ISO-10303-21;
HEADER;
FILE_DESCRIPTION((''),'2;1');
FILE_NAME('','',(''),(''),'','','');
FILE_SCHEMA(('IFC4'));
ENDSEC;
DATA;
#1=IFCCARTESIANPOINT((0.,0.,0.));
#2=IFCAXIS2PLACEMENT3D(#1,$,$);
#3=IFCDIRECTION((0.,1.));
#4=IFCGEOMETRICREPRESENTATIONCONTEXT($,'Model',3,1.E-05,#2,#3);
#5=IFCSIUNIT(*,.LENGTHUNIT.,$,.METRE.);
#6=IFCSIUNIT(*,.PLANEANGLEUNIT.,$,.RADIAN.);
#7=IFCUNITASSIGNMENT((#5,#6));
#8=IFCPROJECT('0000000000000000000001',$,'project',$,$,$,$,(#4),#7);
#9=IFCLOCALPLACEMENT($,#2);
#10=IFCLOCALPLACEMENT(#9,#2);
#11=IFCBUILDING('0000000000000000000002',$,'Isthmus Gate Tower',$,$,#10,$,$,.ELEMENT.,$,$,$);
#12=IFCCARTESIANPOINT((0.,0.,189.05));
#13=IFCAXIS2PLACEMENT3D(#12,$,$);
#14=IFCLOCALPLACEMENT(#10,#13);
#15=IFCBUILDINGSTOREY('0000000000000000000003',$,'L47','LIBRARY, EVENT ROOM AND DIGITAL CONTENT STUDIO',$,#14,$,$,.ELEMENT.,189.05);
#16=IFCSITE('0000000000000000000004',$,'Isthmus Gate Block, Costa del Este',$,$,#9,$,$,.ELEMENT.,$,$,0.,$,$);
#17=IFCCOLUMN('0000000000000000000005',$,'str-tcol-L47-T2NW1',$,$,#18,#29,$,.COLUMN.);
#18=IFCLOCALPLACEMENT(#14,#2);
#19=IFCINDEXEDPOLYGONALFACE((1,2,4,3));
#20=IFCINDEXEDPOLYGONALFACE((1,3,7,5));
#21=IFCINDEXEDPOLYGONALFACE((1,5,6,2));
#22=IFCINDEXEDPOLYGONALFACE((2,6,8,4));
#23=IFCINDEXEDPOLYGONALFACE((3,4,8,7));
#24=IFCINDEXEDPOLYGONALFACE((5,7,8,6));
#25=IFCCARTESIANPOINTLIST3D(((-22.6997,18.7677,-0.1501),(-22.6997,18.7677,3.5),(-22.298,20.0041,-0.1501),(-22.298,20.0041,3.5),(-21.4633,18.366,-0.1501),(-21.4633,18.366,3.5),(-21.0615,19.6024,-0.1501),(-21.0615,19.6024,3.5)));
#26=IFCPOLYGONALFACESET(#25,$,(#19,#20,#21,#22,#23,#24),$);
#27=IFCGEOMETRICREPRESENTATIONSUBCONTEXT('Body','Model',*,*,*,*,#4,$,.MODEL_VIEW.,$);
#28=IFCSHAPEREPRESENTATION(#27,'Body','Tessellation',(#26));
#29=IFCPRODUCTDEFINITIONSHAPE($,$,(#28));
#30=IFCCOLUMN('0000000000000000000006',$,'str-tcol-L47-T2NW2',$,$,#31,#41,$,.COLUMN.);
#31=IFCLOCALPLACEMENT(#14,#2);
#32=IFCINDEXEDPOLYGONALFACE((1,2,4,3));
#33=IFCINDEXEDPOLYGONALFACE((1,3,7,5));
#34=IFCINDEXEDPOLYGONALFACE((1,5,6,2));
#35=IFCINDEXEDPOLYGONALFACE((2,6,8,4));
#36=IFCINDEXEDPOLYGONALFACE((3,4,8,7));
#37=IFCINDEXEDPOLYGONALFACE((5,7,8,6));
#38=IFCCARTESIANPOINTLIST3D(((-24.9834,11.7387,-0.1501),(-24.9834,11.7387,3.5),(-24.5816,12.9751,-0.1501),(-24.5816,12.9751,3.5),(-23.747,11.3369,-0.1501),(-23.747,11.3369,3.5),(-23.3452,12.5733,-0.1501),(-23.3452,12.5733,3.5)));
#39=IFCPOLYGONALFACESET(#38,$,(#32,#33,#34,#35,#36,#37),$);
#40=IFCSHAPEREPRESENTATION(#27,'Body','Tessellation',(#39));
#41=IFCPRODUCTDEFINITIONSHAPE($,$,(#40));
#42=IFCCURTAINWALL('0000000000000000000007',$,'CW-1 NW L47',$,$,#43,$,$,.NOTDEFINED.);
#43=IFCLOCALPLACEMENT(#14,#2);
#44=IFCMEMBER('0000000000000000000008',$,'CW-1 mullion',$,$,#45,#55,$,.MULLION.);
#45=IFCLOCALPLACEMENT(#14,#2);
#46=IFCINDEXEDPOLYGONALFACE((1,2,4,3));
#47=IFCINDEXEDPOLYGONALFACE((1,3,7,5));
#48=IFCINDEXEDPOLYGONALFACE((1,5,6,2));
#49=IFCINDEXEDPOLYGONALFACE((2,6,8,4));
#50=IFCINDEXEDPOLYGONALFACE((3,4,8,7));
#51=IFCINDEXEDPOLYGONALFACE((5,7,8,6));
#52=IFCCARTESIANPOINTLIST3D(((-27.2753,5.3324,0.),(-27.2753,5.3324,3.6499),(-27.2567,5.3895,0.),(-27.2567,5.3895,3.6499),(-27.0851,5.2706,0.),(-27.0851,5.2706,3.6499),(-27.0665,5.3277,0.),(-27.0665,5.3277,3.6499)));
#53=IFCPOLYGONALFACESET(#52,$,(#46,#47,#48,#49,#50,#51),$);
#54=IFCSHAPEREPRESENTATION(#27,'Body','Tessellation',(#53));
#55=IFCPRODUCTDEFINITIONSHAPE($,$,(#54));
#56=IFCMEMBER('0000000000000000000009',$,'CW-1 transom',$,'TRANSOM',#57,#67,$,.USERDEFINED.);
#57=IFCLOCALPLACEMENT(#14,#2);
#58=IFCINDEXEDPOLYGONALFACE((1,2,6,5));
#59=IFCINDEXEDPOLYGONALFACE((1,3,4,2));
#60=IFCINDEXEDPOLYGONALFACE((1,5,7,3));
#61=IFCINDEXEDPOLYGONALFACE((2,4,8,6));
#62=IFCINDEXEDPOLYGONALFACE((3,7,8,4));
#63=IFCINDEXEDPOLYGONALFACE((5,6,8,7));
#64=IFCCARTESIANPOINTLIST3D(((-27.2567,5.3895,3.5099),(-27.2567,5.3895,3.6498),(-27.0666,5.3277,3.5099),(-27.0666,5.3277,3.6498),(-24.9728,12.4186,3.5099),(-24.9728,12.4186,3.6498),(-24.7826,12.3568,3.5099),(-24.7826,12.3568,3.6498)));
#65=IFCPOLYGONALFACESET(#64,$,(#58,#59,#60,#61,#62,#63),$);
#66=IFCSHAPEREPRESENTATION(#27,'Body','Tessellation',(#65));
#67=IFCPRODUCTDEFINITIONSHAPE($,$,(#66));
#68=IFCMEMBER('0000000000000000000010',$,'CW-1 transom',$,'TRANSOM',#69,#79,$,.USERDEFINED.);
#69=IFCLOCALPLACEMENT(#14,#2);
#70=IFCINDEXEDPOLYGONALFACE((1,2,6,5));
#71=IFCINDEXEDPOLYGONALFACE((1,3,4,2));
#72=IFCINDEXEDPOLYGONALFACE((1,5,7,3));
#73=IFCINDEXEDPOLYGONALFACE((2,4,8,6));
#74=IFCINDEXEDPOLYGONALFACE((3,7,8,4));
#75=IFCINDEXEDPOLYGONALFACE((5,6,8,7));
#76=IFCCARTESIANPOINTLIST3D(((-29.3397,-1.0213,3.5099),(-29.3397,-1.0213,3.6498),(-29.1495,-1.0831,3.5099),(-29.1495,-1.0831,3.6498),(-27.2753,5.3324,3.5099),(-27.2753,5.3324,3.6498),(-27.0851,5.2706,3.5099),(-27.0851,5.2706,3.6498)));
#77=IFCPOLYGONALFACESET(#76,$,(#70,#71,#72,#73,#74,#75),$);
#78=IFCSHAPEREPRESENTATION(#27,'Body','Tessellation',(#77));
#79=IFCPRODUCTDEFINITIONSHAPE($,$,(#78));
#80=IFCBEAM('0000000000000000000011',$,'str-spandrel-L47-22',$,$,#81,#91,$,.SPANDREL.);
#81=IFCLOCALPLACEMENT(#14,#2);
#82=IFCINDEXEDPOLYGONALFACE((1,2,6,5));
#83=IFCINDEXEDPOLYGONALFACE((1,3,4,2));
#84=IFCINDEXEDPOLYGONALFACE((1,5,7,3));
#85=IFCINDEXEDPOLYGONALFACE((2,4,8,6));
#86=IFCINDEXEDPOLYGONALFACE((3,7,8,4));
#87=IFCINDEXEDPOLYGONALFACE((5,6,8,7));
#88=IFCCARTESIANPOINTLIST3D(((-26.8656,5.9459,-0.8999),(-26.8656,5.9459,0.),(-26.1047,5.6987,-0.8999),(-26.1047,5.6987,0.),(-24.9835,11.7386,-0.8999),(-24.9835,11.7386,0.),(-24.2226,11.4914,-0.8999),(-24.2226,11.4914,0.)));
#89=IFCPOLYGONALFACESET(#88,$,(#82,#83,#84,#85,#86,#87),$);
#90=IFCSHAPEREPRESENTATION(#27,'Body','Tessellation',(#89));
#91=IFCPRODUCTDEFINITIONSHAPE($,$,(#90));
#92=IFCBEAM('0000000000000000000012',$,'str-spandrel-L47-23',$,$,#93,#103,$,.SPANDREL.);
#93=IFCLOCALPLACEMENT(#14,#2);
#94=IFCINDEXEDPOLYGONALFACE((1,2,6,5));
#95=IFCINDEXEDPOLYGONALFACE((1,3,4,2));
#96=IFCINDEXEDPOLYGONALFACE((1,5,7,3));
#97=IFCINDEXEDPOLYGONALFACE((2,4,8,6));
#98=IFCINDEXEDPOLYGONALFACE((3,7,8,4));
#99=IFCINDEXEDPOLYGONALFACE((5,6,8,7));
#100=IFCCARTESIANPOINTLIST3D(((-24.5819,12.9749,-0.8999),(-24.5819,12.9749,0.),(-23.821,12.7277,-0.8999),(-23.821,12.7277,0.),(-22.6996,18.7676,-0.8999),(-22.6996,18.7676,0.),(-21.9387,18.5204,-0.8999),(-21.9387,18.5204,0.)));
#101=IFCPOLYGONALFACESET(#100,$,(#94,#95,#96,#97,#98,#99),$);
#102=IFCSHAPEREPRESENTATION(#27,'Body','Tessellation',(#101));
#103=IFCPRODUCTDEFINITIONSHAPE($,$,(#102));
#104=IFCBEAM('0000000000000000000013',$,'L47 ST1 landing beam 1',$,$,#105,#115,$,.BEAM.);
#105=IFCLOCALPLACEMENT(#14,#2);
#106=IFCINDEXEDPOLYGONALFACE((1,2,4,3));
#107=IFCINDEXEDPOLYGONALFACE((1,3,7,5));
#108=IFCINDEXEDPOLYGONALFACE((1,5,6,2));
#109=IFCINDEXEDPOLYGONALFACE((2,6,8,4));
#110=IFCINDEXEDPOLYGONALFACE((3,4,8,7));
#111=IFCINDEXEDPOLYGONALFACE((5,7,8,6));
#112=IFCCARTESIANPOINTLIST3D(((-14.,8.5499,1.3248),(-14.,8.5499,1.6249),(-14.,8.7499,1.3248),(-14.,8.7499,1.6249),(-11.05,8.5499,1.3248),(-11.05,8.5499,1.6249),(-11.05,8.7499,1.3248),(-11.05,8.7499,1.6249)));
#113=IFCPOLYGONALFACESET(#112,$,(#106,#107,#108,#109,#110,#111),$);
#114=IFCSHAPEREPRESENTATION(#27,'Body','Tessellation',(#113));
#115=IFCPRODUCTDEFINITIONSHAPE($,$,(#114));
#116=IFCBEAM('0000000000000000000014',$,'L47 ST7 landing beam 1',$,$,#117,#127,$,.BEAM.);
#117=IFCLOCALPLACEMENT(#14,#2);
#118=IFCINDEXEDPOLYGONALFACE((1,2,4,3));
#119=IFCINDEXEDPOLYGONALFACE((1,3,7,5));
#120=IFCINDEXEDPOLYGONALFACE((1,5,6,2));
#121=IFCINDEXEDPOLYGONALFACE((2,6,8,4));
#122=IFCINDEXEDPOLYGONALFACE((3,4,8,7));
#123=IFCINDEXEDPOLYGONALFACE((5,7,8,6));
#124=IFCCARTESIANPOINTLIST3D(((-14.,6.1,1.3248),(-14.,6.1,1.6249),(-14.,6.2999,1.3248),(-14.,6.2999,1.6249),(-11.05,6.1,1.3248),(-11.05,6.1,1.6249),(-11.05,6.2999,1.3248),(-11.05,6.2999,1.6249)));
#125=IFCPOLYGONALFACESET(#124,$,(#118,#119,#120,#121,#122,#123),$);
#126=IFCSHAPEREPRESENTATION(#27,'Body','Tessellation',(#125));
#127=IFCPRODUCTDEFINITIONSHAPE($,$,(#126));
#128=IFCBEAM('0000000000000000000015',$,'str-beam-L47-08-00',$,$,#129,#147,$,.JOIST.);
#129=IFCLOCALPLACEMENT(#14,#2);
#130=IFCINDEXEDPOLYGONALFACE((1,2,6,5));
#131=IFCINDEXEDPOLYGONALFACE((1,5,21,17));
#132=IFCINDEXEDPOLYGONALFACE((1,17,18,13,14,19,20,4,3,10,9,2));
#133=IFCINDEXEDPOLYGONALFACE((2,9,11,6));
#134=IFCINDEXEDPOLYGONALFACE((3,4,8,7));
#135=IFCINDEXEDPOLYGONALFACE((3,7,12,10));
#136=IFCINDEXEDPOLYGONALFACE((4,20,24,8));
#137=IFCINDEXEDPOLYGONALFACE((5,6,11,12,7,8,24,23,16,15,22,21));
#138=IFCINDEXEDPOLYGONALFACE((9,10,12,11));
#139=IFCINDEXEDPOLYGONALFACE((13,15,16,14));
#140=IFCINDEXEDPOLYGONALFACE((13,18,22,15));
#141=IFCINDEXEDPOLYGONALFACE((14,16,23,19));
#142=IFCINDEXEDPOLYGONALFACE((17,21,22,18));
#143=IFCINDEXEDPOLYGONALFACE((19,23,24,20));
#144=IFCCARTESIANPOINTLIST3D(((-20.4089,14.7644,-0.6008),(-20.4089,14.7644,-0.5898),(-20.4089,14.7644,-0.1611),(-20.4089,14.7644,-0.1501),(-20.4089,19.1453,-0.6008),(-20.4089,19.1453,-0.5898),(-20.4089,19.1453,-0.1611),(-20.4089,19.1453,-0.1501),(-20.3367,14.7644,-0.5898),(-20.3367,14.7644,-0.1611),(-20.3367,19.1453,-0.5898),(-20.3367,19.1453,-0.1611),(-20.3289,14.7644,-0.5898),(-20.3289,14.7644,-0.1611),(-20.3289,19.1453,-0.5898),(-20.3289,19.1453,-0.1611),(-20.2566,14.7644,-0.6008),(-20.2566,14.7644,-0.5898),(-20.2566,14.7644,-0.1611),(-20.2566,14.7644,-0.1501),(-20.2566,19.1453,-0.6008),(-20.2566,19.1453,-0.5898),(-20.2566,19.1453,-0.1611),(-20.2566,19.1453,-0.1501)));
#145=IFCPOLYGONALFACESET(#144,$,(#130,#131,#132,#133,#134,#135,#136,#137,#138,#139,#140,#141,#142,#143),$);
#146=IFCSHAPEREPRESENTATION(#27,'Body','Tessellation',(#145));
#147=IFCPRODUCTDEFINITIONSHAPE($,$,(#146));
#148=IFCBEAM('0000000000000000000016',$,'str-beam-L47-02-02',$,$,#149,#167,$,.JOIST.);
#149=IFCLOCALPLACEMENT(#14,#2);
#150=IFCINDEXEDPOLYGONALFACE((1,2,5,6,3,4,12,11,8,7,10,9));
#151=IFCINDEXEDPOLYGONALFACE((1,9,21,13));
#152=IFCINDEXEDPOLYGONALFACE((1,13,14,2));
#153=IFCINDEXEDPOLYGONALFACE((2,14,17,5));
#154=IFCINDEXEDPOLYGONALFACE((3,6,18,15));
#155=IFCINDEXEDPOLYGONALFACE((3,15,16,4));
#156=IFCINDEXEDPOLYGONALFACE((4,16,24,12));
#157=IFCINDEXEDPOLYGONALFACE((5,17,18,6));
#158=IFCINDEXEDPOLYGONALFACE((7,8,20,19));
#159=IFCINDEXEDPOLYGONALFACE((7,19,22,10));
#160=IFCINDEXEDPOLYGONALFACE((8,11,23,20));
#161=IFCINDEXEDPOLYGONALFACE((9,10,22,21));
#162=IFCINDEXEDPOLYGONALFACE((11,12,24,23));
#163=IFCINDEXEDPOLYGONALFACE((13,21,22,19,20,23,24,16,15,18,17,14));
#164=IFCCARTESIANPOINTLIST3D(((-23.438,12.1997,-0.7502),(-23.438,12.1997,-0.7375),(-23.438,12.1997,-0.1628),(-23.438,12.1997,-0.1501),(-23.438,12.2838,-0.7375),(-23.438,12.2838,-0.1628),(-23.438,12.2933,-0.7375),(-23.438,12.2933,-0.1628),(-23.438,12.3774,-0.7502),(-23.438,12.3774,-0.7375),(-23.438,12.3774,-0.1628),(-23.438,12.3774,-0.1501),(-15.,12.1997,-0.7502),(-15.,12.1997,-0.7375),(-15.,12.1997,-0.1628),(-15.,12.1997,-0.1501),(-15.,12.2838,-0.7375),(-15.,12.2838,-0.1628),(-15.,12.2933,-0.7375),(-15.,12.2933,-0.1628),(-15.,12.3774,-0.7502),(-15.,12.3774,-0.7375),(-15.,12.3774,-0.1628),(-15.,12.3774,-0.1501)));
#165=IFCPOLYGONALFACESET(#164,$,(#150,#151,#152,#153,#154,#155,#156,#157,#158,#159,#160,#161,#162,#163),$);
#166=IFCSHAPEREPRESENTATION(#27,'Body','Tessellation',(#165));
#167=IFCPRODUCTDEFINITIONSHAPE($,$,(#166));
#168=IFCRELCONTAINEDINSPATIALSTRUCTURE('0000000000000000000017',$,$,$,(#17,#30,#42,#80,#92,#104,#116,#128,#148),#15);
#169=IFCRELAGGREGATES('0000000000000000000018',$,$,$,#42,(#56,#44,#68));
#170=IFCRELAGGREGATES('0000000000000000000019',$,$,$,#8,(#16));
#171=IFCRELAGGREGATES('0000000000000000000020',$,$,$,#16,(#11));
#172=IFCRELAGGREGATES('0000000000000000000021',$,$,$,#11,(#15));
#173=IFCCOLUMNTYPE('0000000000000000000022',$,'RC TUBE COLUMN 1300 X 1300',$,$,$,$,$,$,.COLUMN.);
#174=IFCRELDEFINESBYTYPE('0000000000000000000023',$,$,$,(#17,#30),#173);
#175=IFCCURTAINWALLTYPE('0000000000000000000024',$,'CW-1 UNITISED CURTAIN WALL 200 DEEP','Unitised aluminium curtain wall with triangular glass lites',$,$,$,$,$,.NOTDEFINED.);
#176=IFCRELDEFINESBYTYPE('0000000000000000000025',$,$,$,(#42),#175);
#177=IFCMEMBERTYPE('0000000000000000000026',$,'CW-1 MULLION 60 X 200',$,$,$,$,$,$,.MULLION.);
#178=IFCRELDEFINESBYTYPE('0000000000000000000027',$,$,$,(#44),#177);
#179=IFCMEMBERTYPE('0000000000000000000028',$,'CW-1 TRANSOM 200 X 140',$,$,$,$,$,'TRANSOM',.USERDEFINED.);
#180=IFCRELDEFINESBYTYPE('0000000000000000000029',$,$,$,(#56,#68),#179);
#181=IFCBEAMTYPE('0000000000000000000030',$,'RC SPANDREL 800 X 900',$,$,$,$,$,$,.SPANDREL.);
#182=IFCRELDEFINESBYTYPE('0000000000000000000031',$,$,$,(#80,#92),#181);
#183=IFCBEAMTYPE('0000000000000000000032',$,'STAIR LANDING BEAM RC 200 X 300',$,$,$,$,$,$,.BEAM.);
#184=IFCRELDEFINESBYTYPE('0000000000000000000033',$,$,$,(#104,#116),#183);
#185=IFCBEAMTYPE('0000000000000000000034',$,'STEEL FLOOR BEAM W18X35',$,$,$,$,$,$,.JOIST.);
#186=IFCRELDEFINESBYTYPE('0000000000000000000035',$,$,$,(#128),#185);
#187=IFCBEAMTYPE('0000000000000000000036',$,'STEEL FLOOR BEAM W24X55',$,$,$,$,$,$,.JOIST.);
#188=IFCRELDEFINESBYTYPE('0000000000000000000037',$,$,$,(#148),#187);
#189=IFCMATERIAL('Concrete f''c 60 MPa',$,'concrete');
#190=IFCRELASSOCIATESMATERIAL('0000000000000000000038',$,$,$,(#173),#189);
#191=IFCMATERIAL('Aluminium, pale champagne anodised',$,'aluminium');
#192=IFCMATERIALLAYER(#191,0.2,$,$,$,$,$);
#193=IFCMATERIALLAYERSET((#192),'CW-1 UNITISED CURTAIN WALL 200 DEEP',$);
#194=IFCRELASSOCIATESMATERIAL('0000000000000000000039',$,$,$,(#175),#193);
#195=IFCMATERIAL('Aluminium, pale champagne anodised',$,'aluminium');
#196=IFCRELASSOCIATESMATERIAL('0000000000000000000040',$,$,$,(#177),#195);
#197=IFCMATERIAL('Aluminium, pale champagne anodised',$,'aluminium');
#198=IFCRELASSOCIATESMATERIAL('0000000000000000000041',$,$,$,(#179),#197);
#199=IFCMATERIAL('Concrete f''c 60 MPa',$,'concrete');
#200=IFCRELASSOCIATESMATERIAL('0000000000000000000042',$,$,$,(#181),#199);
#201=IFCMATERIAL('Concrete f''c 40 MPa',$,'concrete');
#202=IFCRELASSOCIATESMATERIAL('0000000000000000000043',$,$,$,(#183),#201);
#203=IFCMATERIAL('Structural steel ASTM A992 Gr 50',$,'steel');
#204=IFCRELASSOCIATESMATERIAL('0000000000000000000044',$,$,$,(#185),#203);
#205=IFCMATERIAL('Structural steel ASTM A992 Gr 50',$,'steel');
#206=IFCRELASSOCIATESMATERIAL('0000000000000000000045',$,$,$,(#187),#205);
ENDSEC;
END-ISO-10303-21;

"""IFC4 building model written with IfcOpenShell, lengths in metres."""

from ifc_helpers import new_model, si_unit, direction, frame, origin, origin_2d, place, context, subcontext, project, spatial, rectangle, i_section, extrude, material, layer, layer_set, material_profile, profile_set, type_object, element, aggregate, save


model = new_model("IFC4")

# Units and contexts
model_context = context("Model", 3, precision=1e-05, world=origin(), true_north=direction((0.0, 1.0)))
body_context = subcontext(model_context, "Body", "Model", "MODEL_VIEW")
ifc_project = project(units=[si_unit("LENGTHUNIT", "METRE"), si_unit("PLANEANGLEUNIT", "RADIAN")], contexts=[model_context])

# Site, building, storey
site_placement = place(None, origin())
site = spatial("IfcSite", under=ifc_project, at=site_placement, Name="Isthmus Gate Block, Costa del Este", CompositionType="ELEMENT", RefElevation=0.0)
building_placement = place(site_placement, origin())
building = spatial("IfcBuilding", under=site, at=building_placement, Name="Isthmus Gate Tower", CompositionType="ELEMENT")
storey_placement = place(building_placement, frame((0.0, 0.0, 189.05)))
storey = spatial("IfcBuildingStorey", under=building, at=storey_placement, Name="L47", Description="LIBRARY, EVENT ROOM AND DIGITAL CONTENT STUDIO", CompositionType="ELEMENT", Elevation=189.05)

# Columns
ifc_material_1 = material(Name="Concrete f'c 60 MPa", Category="concrete")
ifc_material_profile_1 = material_profile(ifc_material_1, rectangle(XDim=1.3, YDim=1.3, at=origin_2d()), Name="RC 1300X1300")
ifc_profile_set_1 = profile_set([ifc_material_profile_1], Name="Concrete f'c 60 MPa")
column_type = type_object("IfcColumnType", Name="RC TUBE COLUMN 1300 X 1300", PredefinedType="COLUMN", material=ifc_profile_set_1)
for number, where, z_axis, x_axis, name in (
    (1, (-21.8806, 19.1851, -0.1501), (0.0, 0.0, 1.0), (-0.309017, -0.951057, 0.0), "str-tcol-L47-T2NW1"),
    (2, (-24.1643, 12.156, -0.1501), (0.0, 0.0, 1.0), (-0.309017, -0.951057, 0.0), "str-tcol-L47-T2NW2"),
):
    element("IfcColumn", number, at=place(storey_placement, frame(where, z_axis=z_axis, x_axis=x_axis)), inside=storey, type_object=column_type, Name=name, PredefinedType="COLUMN", context=body_context, shape_type="SweptSolid", body=[
        extrude(rectangle(XDim=1.3, YDim=1.3, at=origin_2d()), origin(), (0.0, 0.0, 1.0), 3.6501),
    ])

# Curtain wall, members
ifc_material_2 = material(Name="Aluminium, pale champagne anodised", Category="aluminium")
ifc_layer_1 = layer(ifc_material_2, 0.2)
ifc_layer_set_1 = layer_set([ifc_layer_1], Name="CW-1 UNITISED CURTAIN WALL 200 DEEP")
curtain_wall_type_1 = type_object("IfcCurtainWallType", Name="CW-1 UNITISED CURTAIN WALL 200 DEEP", Description="Unitised aluminium curtain wall with triangular glass lites", PredefinedType="NOTDEFINED", material=ifc_layer_set_1)
curtain_wall_1_placement = place(storey_placement, origin())
curtain_wall_1 = element("IfcCurtainWall", 3, at=curtain_wall_1_placement, inside=storey, type_object=curtain_wall_type_1, Name="CW-1 NW L47", PredefinedType="NOTDEFINED")
ifc_material_3 = material(Name="Aluminium, pale champagne anodised", Category="aluminium")
ifc_material_profile_2 = material_profile(ifc_material_3, rectangle(XDim=0.0601, YDim=0.2, at=origin_2d()), Name="60x200")
ifc_profile_set_2 = profile_set([ifc_material_profile_2], Name="Aluminium, pale champagne anodised")
member_type_1 = type_object("IfcMemberType", Name="CW-1 MULLION 60 X 200", PredefinedType="MULLION", material=ifc_profile_set_2)
member_1_placement = place(storey_placement, frame((-27.1709, 5.3301, 0.0), z_axis=(0.0, 0.0, 1.0), x_axis=(-0.309017, -0.951057, 0.0)))
member_1 = element("IfcMember", 4, at=member_1_placement, type_object=member_type_1, Name="CW-1 mullion", PredefinedType="MULLION", context=body_context, shape_type="SweptSolid", body=[
    extrude(rectangle(XDim=0.0601, YDim=0.2, at=origin_2d()), origin(), (0.0, 0.0, 1.0), 3.6499),
])
ifc_material_4 = material(Name="Aluminium, pale champagne anodised", Category="aluminium")
ifc_material_profile_3 = material_profile(ifc_material_4, rectangle(XDim=0.2, YDim=0.1399, at=origin_2d()), Name="200x140")
ifc_profile_set_3 = profile_set([ifc_material_profile_3], Name="Aluminium, pale champagne anodised")
member_type_2 = type_object("IfcMemberType", Name="CW-1 TRANSOM 200 X 140", ElementType="TRANSOM", PredefinedType="USERDEFINED", material=ifc_profile_set_3)
member_2_placement = place(storey_placement, frame((-24.8777, 12.3877, 3.5798), z_axis=(-0.309024, -0.951054, 0.0), x_axis=(0.951054, -0.309024, 0.0)))
member_2 = element("IfcMember", 5, at=member_2_placement, type_object=member_type_2, Name="CW-1 transom", ObjectType="TRANSOM", PredefinedType="USERDEFINED", context=body_context, shape_type="SweptSolid", body=[
    extrude(rectangle(XDim=0.2, YDim=0.1399, at=origin_2d()), origin(), (0.0, 0.0, 1.0), 7.3909),
])
member_3_placement = place(storey_placement, frame((-27.1802, 5.3015, 3.5798), z_axis=(-0.309016, -0.951057, 0.0), x_axis=(0.951057, -0.309016, 0.0)))
member_3 = element("IfcMember", 6, at=member_3_placement, type_object=member_type_2, Name="CW-1 transom", ObjectType="TRANSOM", PredefinedType="USERDEFINED", context=body_context, shape_type="SweptSolid", body=[
    extrude(rectangle(XDim=0.2, YDim=0.1399, at=origin_2d()), origin(), (0.0, 0.0, 1.0), 6.6807),
])

# Beams
ifc_material_5 = material(Name="Concrete f'c 60 MPa", Category="concrete")
ifc_material_profile_4 = material_profile(ifc_material_5, rectangle(XDim=0.8, YDim=0.8999, at=origin_2d()), Name="RC 800X900")
ifc_profile_set_4 = profile_set([ifc_material_profile_4], Name="Concrete f'c 60 MPa")
beam_type_1 = type_object("IfcBeamType", Name="RC SPANDREL 800 X 900", PredefinedType="SPANDREL", material=ifc_profile_set_4)
for number, where, z_axis, x_axis, name in (
    (7, (-26.4851, 5.8223, -0.45), (0.309004, 0.951061, 0.0), (-0.951061, 0.309004, 0.0), "str-spandrel-L47-22"),
    (8, (-24.2014, 12.8513, -0.45), (0.30904, 0.951049, 0.0), (-0.951049, 0.30904, 0.0), "str-spandrel-L47-23"),
):
    element("IfcBeam", number, at=place(storey_placement, frame(where, z_axis=z_axis, x_axis=x_axis)), inside=storey, type_object=beam_type_1, Name=name, PredefinedType="SPANDREL", context=body_context, shape_type="SweptSolid", body=[
        extrude(rectangle(XDim=0.8, YDim=0.8999, at=origin_2d()), origin(), (0.0, 0.0, 1.0), 6.0908),
    ])
ifc_material_6 = material(Name="Concrete f'c 40 MPa", Category="concrete")
ifc_material_profile_5 = material_profile(ifc_material_6, rectangle(XDim=0.2, YDim=0.3, at=origin_2d()), Name="STAIR LANDING BEAM RC 200 X 300")
ifc_profile_set_5 = profile_set([ifc_material_profile_5], Name="Concrete f'c 40 MPa")
beam_type_2 = type_object("IfcBeamType", Name="STAIR LANDING BEAM RC 200 X 300", PredefinedType="BEAM", material=ifc_profile_set_5)
for number, where, z_axis, x_axis, name in (
    (9, (-14.0, 8.6499, 1.4749), (1.0, 0.0, 0.0), (0.0, 1.0, 0.0), "L47 ST1 landing beam 1"),
    (10, (-14.0, 6.2, 1.4749), (1.0, 0.0, 0.0), (0.0, 1.0, 0.0), "L47 ST7 landing beam 1"),
):
    element("IfcBeam", number, at=place(storey_placement, frame(where, z_axis=z_axis, x_axis=x_axis)), inside=storey, type_object=beam_type_2, Name=name, PredefinedType="BEAM", context=body_context, shape_type="SweptSolid", body=[
        extrude(rectangle(XDim=0.2, YDim=0.3, at=origin_2d()), origin(), (0.0, 0.0, 1.0), 2.95),
    ])
ifc_material_7 = material(Name="Structural steel ASTM A992 Gr 50", Category="steel")
ifc_material_profile_6 = material_profile(ifc_material_7, i_section(OverallWidth=0.1523, OverallDepth=0.4507, WebThickness=0.0078, FlangeThickness=0.011, at=origin_2d()), Name="W18X35")
ifc_profile_set_6 = profile_set([ifc_material_profile_6], Name="Structural steel ASTM A992 Gr 50")
beam_type_3 = type_object("IfcBeamType", Name="STEEL FLOOR BEAM W18X35", PredefinedType="JOIST", material=ifc_profile_set_6)
beam_1_placement = place(storey_placement, frame((-20.3328, 14.7644, -0.3755), z_axis=(0.0, 1.0, 0.0), x_axis=(-1.0, 0.0, 0.0)))
element("IfcBeam", 11, at=beam_1_placement, inside=storey, type_object=beam_type_3, Name="str-beam-L47-08-00", PredefinedType="JOIST", context=body_context, shape_type="SweptSolid", body=[
    extrude(i_section(OverallWidth=0.1523, OverallDepth=0.4507, WebThickness=0.0078, FlangeThickness=0.011, at=origin_2d()), origin(), (0.0, 0.0, 1.0), 4.3809),
])
ifc_material_8 = material(Name="Structural steel ASTM A992 Gr 50", Category="steel")
ifc_material_profile_7 = material_profile(ifc_material_8, i_section(OverallWidth=0.1777, OverallDepth=0.6001, WebThickness=0.0095, FlangeThickness=0.0127, at=origin_2d()), Name="W24X55")
ifc_profile_set_7 = profile_set([ifc_material_profile_7], Name="Structural steel ASTM A992 Gr 50")
beam_type_4 = type_object("IfcBeamType", Name="STEEL FLOOR BEAM W24X55", PredefinedType="JOIST", material=ifc_profile_set_7)
beam_2_placement = place(storey_placement, frame((-23.438, 12.2886, -0.4502), z_axis=(1.0, 0.0, 0.0), x_axis=(0.0, 1.0, 0.0)))
element("IfcBeam", 12, at=beam_2_placement, inside=storey, type_object=beam_type_4, Name="str-beam-L47-02-02", PredefinedType="JOIST", context=body_context, shape_type="SweptSolid", body=[
    extrude(i_section(OverallWidth=0.1777, OverallDepth=0.6001, WebThickness=0.0095, FlangeThickness=0.0127, at=origin_2d()), origin(), (0.0, 0.0, 1.0), 8.438),
])

aggregate(curtain_wall_1, [member_2, member_1, member_3])

save(model, "model.ifc")
